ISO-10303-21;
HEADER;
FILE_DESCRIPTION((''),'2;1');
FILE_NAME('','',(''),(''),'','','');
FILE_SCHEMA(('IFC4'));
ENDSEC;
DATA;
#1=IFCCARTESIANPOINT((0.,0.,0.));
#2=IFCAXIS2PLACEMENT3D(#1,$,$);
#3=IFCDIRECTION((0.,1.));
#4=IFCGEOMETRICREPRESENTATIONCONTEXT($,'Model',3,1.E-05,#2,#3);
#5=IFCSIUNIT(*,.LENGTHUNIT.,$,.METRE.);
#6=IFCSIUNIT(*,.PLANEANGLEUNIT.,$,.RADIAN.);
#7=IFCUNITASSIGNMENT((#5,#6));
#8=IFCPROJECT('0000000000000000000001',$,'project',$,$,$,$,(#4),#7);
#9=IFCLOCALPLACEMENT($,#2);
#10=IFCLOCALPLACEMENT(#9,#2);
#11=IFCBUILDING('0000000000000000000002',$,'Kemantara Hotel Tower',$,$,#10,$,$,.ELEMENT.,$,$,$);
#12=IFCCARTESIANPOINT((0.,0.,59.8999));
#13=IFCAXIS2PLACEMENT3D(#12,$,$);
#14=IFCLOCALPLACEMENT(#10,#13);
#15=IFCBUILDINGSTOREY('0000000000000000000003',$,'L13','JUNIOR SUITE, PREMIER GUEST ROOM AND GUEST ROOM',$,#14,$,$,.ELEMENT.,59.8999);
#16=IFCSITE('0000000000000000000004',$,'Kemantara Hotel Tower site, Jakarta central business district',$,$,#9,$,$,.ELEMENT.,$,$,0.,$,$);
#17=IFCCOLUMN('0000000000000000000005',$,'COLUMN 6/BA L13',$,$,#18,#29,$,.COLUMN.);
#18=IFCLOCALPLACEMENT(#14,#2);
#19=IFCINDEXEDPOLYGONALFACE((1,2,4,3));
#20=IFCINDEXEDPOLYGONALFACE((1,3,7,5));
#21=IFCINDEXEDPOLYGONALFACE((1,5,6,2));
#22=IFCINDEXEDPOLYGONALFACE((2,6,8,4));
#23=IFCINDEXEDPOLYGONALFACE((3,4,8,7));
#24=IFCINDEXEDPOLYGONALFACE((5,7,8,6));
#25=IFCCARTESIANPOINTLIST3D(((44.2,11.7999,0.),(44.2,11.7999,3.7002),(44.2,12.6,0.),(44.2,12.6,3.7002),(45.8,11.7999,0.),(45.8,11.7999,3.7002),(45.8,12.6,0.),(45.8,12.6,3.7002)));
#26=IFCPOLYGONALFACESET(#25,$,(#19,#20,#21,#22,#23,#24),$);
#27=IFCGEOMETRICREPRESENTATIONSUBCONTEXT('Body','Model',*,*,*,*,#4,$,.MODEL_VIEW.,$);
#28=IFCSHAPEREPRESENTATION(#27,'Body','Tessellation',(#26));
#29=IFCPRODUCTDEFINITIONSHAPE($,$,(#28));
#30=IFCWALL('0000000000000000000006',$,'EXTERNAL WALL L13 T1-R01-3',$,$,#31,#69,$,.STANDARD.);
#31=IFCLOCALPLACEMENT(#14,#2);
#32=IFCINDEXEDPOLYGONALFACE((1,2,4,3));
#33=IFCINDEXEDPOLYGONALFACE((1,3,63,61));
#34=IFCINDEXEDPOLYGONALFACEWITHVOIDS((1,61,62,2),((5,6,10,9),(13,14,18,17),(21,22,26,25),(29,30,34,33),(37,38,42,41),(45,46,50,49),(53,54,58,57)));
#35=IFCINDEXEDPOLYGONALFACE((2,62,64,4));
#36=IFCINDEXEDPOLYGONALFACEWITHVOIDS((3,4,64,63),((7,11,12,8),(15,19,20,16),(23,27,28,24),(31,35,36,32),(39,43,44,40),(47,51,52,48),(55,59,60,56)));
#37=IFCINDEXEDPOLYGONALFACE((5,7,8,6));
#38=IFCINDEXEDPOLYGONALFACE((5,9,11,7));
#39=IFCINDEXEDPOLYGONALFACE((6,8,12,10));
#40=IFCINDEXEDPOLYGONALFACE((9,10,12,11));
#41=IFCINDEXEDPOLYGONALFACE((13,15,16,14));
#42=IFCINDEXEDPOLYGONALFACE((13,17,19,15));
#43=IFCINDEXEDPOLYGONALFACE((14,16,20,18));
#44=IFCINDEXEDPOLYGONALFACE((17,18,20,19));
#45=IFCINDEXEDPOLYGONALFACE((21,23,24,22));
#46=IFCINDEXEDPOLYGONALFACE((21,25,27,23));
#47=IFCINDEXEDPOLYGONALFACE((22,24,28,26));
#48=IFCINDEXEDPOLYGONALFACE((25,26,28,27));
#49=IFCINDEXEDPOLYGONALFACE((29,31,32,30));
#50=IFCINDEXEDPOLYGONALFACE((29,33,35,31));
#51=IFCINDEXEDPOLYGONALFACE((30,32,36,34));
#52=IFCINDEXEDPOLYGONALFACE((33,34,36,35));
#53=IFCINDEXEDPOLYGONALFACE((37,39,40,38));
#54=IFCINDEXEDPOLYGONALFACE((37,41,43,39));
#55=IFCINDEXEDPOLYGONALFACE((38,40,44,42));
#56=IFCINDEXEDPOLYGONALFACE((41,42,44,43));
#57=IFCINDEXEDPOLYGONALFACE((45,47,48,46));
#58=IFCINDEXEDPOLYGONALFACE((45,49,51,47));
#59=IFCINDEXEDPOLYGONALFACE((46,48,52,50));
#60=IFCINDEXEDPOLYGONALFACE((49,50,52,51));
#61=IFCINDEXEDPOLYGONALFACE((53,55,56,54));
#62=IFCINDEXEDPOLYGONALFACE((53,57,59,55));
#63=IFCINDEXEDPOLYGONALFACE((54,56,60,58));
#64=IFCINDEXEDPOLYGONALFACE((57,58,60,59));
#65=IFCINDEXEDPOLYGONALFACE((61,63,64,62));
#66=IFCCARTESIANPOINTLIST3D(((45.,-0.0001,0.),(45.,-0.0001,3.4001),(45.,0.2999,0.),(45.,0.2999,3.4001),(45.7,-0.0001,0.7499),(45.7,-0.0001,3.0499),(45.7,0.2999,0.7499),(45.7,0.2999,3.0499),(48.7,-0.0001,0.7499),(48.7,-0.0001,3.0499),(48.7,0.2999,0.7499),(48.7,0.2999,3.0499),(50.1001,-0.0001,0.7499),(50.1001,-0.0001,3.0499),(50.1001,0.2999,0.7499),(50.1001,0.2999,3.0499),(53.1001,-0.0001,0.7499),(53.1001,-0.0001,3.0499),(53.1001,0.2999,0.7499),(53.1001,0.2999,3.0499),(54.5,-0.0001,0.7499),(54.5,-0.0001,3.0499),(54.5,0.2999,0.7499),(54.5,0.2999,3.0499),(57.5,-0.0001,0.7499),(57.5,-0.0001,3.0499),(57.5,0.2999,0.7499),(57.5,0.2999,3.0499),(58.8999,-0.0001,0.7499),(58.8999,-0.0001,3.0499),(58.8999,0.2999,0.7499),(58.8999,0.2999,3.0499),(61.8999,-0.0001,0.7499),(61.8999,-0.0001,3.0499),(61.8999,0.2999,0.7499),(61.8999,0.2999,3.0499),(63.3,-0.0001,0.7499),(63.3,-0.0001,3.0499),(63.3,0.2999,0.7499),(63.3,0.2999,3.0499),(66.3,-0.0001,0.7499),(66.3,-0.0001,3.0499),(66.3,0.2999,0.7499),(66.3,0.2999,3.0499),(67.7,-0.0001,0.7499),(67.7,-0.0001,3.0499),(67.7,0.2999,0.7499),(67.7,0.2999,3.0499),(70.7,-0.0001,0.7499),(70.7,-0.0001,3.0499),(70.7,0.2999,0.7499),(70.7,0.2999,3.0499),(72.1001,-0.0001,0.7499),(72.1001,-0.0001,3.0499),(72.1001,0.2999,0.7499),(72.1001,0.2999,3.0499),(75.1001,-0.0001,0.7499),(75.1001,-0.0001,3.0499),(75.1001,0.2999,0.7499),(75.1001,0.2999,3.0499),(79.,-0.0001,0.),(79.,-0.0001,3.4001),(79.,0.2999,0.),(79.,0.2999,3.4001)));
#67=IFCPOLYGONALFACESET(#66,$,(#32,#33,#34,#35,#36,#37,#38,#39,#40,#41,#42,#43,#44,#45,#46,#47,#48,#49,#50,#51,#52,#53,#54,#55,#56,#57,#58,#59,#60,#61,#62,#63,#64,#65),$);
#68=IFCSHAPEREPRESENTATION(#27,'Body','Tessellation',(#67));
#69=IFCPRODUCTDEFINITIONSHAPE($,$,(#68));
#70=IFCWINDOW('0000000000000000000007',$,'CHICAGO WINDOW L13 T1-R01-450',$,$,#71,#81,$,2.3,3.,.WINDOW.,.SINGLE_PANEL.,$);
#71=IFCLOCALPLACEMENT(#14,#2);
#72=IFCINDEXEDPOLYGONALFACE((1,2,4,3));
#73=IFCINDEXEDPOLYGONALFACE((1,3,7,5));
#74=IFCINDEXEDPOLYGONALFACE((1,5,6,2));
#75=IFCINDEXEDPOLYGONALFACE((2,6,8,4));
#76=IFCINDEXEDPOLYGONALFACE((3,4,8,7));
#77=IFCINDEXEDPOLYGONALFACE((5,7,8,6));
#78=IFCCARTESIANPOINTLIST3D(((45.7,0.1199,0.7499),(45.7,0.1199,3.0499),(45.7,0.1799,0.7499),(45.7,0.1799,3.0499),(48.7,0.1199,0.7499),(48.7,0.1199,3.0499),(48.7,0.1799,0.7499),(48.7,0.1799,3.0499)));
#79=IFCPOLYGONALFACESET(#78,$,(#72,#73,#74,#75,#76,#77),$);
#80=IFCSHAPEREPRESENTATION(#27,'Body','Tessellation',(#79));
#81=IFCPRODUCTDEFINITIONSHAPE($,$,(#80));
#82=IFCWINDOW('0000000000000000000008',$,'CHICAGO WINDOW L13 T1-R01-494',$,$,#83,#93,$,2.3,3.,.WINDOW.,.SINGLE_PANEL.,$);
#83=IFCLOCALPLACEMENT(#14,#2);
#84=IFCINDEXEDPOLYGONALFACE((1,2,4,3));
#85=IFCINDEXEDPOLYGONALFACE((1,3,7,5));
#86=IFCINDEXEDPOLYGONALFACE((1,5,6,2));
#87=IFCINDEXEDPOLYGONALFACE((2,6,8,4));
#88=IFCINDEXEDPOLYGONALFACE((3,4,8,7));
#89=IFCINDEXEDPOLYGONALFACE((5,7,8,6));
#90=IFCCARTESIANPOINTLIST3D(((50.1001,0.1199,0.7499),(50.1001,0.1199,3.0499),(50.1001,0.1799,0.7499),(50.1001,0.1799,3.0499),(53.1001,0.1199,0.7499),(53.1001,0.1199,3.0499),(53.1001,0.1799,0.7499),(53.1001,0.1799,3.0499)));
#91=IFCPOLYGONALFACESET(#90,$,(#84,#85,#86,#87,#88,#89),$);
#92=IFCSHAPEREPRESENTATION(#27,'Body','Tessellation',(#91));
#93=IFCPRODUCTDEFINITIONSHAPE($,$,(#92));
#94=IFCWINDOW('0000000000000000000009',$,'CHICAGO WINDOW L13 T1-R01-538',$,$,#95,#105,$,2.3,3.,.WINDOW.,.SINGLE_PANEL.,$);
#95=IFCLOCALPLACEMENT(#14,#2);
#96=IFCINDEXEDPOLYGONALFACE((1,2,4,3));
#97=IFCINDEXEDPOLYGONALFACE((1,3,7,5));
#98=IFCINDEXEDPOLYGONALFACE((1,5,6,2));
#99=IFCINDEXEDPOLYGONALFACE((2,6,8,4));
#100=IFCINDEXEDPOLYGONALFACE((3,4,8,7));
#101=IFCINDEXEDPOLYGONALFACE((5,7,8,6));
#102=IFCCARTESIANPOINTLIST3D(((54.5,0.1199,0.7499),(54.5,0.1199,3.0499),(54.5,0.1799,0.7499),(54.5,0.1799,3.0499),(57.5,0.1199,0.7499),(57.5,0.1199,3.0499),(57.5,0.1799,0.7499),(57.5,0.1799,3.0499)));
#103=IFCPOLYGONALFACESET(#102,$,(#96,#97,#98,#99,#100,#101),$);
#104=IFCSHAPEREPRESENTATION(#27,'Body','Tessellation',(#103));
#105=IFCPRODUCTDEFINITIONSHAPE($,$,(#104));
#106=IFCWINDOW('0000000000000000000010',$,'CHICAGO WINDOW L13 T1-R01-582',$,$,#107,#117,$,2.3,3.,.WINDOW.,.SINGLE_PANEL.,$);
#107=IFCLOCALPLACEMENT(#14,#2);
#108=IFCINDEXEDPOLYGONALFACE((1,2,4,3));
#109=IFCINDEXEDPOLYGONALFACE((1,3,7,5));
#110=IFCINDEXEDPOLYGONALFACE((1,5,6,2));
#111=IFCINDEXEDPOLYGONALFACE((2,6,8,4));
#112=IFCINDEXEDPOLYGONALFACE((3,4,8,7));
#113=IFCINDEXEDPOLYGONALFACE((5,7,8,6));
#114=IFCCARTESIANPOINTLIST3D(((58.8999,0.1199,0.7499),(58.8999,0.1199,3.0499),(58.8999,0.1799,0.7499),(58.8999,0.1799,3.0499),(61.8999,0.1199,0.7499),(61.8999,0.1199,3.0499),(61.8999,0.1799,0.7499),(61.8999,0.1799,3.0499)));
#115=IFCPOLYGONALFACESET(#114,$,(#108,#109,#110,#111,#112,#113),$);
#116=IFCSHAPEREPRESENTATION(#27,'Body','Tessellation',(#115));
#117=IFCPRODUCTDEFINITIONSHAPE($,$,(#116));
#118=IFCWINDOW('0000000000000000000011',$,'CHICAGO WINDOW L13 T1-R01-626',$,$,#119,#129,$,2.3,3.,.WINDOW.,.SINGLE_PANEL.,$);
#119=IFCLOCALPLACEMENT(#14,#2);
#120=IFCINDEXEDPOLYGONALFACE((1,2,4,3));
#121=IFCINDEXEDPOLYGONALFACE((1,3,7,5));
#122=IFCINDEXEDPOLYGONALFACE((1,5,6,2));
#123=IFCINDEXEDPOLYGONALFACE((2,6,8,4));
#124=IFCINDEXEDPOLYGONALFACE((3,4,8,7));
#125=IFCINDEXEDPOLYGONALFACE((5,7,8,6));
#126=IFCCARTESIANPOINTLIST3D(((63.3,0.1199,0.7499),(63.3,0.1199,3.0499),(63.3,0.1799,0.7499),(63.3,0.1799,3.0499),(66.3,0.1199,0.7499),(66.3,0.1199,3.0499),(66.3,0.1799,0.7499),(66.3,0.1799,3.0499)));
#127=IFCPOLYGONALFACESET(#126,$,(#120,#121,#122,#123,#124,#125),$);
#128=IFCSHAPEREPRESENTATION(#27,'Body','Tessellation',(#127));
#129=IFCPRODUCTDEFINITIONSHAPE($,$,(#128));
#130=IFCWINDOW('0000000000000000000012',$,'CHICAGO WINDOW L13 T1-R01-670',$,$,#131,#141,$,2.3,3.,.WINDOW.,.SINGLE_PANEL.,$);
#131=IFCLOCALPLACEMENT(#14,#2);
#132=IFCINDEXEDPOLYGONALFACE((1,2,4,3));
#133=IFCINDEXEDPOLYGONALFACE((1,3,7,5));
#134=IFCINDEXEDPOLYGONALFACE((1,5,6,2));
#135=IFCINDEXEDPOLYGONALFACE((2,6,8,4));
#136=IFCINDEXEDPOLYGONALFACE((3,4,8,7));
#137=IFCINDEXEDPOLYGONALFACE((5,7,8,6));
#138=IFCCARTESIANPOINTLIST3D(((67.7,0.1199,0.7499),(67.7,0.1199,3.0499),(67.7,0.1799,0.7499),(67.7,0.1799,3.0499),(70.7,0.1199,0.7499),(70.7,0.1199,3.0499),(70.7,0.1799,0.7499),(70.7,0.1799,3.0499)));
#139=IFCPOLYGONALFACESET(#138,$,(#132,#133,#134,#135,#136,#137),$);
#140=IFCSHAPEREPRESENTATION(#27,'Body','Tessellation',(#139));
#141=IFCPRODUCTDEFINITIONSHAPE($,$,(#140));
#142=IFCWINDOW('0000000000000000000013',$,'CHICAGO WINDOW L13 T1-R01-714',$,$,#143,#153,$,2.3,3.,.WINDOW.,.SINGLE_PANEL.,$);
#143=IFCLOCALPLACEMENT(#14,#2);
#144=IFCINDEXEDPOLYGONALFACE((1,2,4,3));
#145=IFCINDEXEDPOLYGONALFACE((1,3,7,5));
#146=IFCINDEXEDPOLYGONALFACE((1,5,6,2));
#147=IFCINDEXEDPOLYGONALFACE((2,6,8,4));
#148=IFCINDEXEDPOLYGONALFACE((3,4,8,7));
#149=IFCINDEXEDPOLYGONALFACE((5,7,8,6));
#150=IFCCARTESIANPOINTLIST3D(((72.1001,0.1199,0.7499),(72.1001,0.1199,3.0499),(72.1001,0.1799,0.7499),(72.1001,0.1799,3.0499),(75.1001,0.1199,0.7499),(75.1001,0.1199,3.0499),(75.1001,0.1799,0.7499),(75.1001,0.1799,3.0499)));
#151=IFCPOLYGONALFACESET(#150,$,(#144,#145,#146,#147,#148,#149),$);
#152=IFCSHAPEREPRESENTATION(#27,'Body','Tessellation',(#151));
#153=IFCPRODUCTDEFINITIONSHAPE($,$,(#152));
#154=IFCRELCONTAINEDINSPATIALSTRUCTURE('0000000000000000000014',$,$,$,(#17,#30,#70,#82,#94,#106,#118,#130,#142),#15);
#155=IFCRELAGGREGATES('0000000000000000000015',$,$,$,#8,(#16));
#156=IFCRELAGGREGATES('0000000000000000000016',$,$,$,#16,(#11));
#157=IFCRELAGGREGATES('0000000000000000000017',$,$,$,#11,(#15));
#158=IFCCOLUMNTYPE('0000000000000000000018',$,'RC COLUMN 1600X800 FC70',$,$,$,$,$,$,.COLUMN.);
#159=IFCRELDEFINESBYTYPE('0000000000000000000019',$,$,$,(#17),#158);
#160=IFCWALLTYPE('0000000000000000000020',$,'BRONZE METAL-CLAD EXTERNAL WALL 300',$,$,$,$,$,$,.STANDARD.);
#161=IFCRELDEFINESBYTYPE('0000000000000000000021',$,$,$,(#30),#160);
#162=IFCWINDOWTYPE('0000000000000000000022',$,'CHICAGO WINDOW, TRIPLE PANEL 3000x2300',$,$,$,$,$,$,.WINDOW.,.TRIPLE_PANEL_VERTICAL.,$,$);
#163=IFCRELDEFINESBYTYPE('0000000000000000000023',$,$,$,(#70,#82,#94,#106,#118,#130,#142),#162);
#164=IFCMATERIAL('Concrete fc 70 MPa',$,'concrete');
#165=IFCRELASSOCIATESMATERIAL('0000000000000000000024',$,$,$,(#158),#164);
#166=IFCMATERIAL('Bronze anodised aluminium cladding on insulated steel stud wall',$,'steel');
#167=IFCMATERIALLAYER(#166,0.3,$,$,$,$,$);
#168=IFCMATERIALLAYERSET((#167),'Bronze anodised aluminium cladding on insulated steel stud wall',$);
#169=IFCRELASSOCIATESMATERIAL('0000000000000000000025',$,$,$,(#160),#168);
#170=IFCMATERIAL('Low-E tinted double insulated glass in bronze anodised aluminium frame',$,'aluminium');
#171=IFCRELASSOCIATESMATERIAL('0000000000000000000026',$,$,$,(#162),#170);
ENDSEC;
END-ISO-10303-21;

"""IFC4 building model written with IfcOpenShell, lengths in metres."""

from ifc_helpers import new_model, si_unit, direction, frame, frame_2d, origin, origin_2d, place, context, subcontext, project, spatial, rectangle, extrude, material, layer, layer_set, material_profile, profile_set, type_object, element, fill, save


model = new_model("IFC4")

# Units and contexts
model_context = context("Model", 3, precision=1e-05, world=origin(), true_north=direction((0.0, 1.0)))
body_context = subcontext(model_context, "Body", "Model", "MODEL_VIEW")
ifc_project = project(units=[si_unit("LENGTHUNIT", "METRE"), si_unit("PLANEANGLEUNIT", "RADIAN")], contexts=[model_context])

# Site, building, storey
site_placement = place(None, origin())
site = spatial("IfcSite", under=ifc_project, at=site_placement, Name="Kemantara Hotel Tower site, Jakarta central business district", CompositionType="ELEMENT", RefElevation=0.0)
building_placement = place(site_placement, origin())
building = spatial("IfcBuilding", under=site, at=building_placement, Name="Kemantara Hotel Tower", CompositionType="ELEMENT")
storey_placement = place(building_placement, frame((0.0, 0.0, 59.8999)))
storey = spatial("IfcBuildingStorey", under=building, at=storey_placement, Name="L13", Description="JUNIOR SUITE, PREMIER GUEST ROOM AND GUEST ROOM", CompositionType="ELEMENT", Elevation=59.8999)

# Column
ifc_material_1 = material(Name="Concrete fc 70 MPa", Category="concrete")
ifc_material_profile = material_profile(ifc_material_1, rectangle(XDim=1.6001, YDim=0.8, at=origin_2d()), Name="RC 1600X800")
ifc_profile_set = profile_set([ifc_material_profile], Name="Concrete fc 70 MPa")
column_type = type_object("IfcColumnType", Name="RC COLUMN 1600X800 FC70", PredefinedType="COLUMN", material=ifc_profile_set)
column_placement = place(storey_placement, frame((45.0, 12.2, 0.0), z_axis=(0.0, 0.0, 1.0), x_axis=(1.0, 0.0, 0.0)))
element("IfcColumn", 1, at=column_placement, inside=storey, type_object=column_type, Name="COLUMN 6/BA L13", PredefinedType="COLUMN", context=body_context, shape_type="SweptSolid", body=[
    extrude(rectangle(XDim=1.6001, YDim=0.8, at=origin_2d()), origin(), (0.0, 0.0, 1.0), 3.7002),
])

# Wall, openings, windows
ifc_material_2 = material(Name="Bronze anodised aluminium cladding on insulated steel stud wall", Category="steel")
ifc_layer_1 = layer(ifc_material_2, 0.3)
ifc_layer_set_1 = layer_set([ifc_layer_1], Name="Bronze anodised aluminium cladding on insulated steel stud wall")
wall_type_1 = type_object("IfcWallType", Name="BRONZE METAL-CLAD EXTERNAL WALL 300", PredefinedType="STANDARD", material=ifc_layer_set_1)
wall_1_placement = place(storey_placement, frame((45.0, 0.1499, 0.0), z_axis=(0.0, 0.0, 1.0), x_axis=(1.0, 0.0, 0.0)))
wall_1 = element("IfcWall", 2, at=wall_1_placement, inside=storey, type_object=wall_type_1, Name="EXTERNAL WALL L13 T1-R01-3", PredefinedType="STANDARD", context=body_context, shape_type="SweptSolid", body=[
    extrude(rectangle(XDim=34.0, YDim=0.3, at=frame_2d((17.0, 0.0))), origin(), (0.0, 0.0, 1.0), 3.4001),
])
opening_1_placement = place(wall_1_placement, frame((0.7, 0.0, 0.75)))
opening_1 = element("IfcOpeningElement", 3, at=opening_1_placement, cuts=wall_1, PredefinedType="OPENING", context=body_context, shape_type="SweptSolid", body=[
    extrude(rectangle(XDim=3.0, YDim=2.3, at=frame_2d((1.5, 1.1499))), frame((0.0, 0.1599, 0.0), z_axis=(0.0, -1.0, 0.0), x_axis=(1.0, 0.0, 0.0)), (0.0, 0.0, 1.0), 0.3201),
])
opening_2_placement = place(wall_1_placement, frame((5.1001, 0.0, 0.75)))
opening_2 = element("IfcOpeningElement", 4, at=opening_2_placement, cuts=wall_1, PredefinedType="OPENING", context=body_context, shape_type="SweptSolid", body=[
    extrude(rectangle(XDim=3.0, YDim=2.3, at=frame_2d((1.5, 1.1499))), frame((0.0, 0.1599, 0.0), z_axis=(0.0, -1.0, 0.0), x_axis=(1.0, 0.0, 0.0)), (0.0, 0.0, 1.0), 0.3201),
])
opening_3_placement = place(wall_1_placement, frame((9.5, 0.0, 0.75)))
opening_3 = element("IfcOpeningElement", 5, at=opening_3_placement, cuts=wall_1, PredefinedType="OPENING", context=body_context, shape_type="SweptSolid", body=[
    extrude(rectangle(XDim=3.0, YDim=2.3, at=frame_2d((1.5, 1.1499))), frame((0.0, 0.1599, 0.0), z_axis=(0.0, -1.0, 0.0), x_axis=(1.0, 0.0, 0.0)), (0.0, 0.0, 1.0), 0.3201),
])
opening_4_placement = place(wall_1_placement, frame((13.8999, 0.0, 0.75)))
opening_4 = element("IfcOpeningElement", 6, at=opening_4_placement, cuts=wall_1, PredefinedType="OPENING", context=body_context, shape_type="SweptSolid", body=[
    extrude(rectangle(XDim=3.0, YDim=2.3, at=frame_2d((1.5, 1.1499))), frame((0.0, 0.1599, 0.0), z_axis=(0.0, -1.0, 0.0), x_axis=(1.0, 0.0, 0.0)), (0.0, 0.0, 1.0), 0.3201),
])
opening_5_placement = place(wall_1_placement, frame((18.3, 0.0, 0.75)))
opening_5 = element("IfcOpeningElement", 7, at=opening_5_placement, cuts=wall_1, PredefinedType="OPENING", context=body_context, shape_type="SweptSolid", body=[
    extrude(rectangle(XDim=3.0, YDim=2.3, at=frame_2d((1.5, 1.1499))), frame((0.0, 0.1599, 0.0), z_axis=(0.0, -1.0, 0.0), x_axis=(1.0, 0.0, 0.0)), (0.0, 0.0, 1.0), 0.3201),
])
opening_6_placement = place(wall_1_placement, frame((22.7, 0.0, 0.75)))
opening_6 = element("IfcOpeningElement", 8, at=opening_6_placement, cuts=wall_1, PredefinedType="OPENING", context=body_context, shape_type="SweptSolid", body=[
    extrude(rectangle(XDim=3.0, YDim=2.3, at=frame_2d((1.5, 1.1499))), frame((0.0, 0.1599, 0.0), z_axis=(0.0, -1.0, 0.0), x_axis=(1.0, 0.0, 0.0)), (0.0, 0.0, 1.0), 0.3201),
])
opening_7_placement = place(wall_1_placement, frame((27.1001, 0.0, 0.75)))
opening_7 = element("IfcOpeningElement", 9, at=opening_7_placement, cuts=wall_1, PredefinedType="OPENING", context=body_context, shape_type="SweptSolid", body=[
    extrude(rectangle(XDim=3.0, YDim=2.3, at=frame_2d((1.5, 1.1499))), frame((0.0, 0.1599, 0.0), z_axis=(0.0, -1.0, 0.0), x_axis=(1.0, 0.0, 0.0)), (0.0, 0.0, 1.0), 0.3201),
])
ifc_material_3 = material(Name="Low-E tinted double insulated glass in bronze anodised aluminium frame", Category="aluminium")
window_type = type_object("IfcWindowType", Name="CHICAGO WINDOW, TRIPLE PANEL 3000x2300", PartitioningType="TRIPLE_PANEL_VERTICAL", PredefinedType="WINDOW", material=ifc_material_3)
window_1_placement = place(opening_1_placement, origin())
window_1 = element("IfcWindow", 10, at=window_1_placement, inside=storey, type_object=window_type, Name="CHICAGO WINDOW L13 T1-R01-450", OverallHeight=2.3, OverallWidth=3.0, PartitioningType="SINGLE_PANEL", PredefinedType="WINDOW", context=body_context, shape_type="SweptSolid", body=[
    extrude(rectangle(XDim=3.0, YDim=2.3, at=frame_2d((1.5, 1.1499))), frame((0.0, 0.03, 0.0), z_axis=(0.0, -1.0, 0.0), x_axis=(1.0, 0.0, 0.0)), (0.0, 0.0, 1.0), 0.0601),
])
fill(opening_1, window_1)
window_2_placement = place(opening_2_placement, origin())
window_2 = element("IfcWindow", 11, at=window_2_placement, inside=storey, type_object=window_type, Name="CHICAGO WINDOW L13 T1-R01-494", OverallHeight=2.3, OverallWidth=3.0, PartitioningType="SINGLE_PANEL", PredefinedType="WINDOW", context=body_context, shape_type="SweptSolid", body=[
    extrude(rectangle(XDim=3.0, YDim=2.3, at=frame_2d((1.5, 1.1499))), frame((0.0, 0.03, 0.0), z_axis=(0.0, -1.0, 0.0), x_axis=(1.0, 0.0, 0.0)), (0.0, 0.0, 1.0), 0.0601),
])
fill(opening_2, window_2)
window_3_placement = place(opening_3_placement, origin())
window_3 = element("IfcWindow", 12, at=window_3_placement, inside=storey, type_object=window_type, Name="CHICAGO WINDOW L13 T1-R01-538", OverallHeight=2.3, OverallWidth=3.0, PartitioningType="SINGLE_PANEL", PredefinedType="WINDOW", context=body_context, shape_type="SweptSolid", body=[
    extrude(rectangle(XDim=3.0, YDim=2.3, at=frame_2d((1.5, 1.1499))), frame((0.0, 0.03, 0.0), z_axis=(0.0, -1.0, 0.0), x_axis=(1.0, 0.0, 0.0)), (0.0, 0.0, 1.0), 0.0601),
])
fill(opening_3, window_3)
window_4_placement = place(opening_4_placement, origin())
window_4 = element("IfcWindow", 13, at=window_4_placement, inside=storey, type_object=window_type, Name="CHICAGO WINDOW L13 T1-R01-582", OverallHeight=2.3, OverallWidth=3.0, PartitioningType="SINGLE_PANEL", PredefinedType="WINDOW", context=body_context, shape_type="SweptSolid", body=[
    extrude(rectangle(XDim=3.0, YDim=2.3, at=frame_2d((1.5, 1.1499))), frame((0.0, 0.03, 0.0), z_axis=(0.0, -1.0, 0.0), x_axis=(1.0, 0.0, 0.0)), (0.0, 0.0, 1.0), 0.0601),
])
fill(opening_4, window_4)
window_5_placement = place(opening_5_placement, origin())
window_5 = element("IfcWindow", 14, at=window_5_placement, inside=storey, type_object=window_type, Name="CHICAGO WINDOW L13 T1-R01-626", OverallHeight=2.3, OverallWidth=3.0, PartitioningType="SINGLE_PANEL", PredefinedType="WINDOW", context=body_context, shape_type="SweptSolid", body=[
    extrude(rectangle(XDim=3.0, YDim=2.3, at=frame_2d((1.5, 1.1499))), frame((0.0, 0.03, 0.0), z_axis=(0.0, -1.0, 0.0), x_axis=(1.0, 0.0, 0.0)), (0.0, 0.0, 1.0), 0.0601),
])
fill(opening_5, window_5)
window_6_placement = place(opening_6_placement, origin())
window_6 = element("IfcWindow", 15, at=window_6_placement, inside=storey, type_object=window_type, Name="CHICAGO WINDOW L13 T1-R01-670", OverallHeight=2.3, OverallWidth=3.0, PartitioningType="SINGLE_PANEL", PredefinedType="WINDOW", context=body_context, shape_type="SweptSolid", body=[
    extrude(rectangle(XDim=3.0, YDim=2.3, at=frame_2d((1.5, 1.1499))), frame((0.0, 0.03, 0.0), z_axis=(0.0, -1.0, 0.0), x_axis=(1.0, 0.0, 0.0)), (0.0, 0.0, 1.0), 0.0601),
])
fill(opening_6, window_6)
window_7_placement = place(opening_7_placement, origin())
window_7 = element("IfcWindow", 16, at=window_7_placement, inside=storey, type_object=window_type, Name="CHICAGO WINDOW L13 T1-R01-714", OverallHeight=2.3, OverallWidth=3.0, PartitioningType="SINGLE_PANEL", PredefinedType="WINDOW", context=body_context, shape_type="SweptSolid", body=[
    extrude(rectangle(XDim=3.0, YDim=2.3, at=frame_2d((1.5, 1.1499))), frame((0.0, 0.03, 0.0), z_axis=(0.0, -1.0, 0.0), x_axis=(1.0, 0.0, 0.0)), (0.0, 0.0, 1.0), 0.0601),
])
fill(opening_7, window_7)

save(model, "model.ifc")
